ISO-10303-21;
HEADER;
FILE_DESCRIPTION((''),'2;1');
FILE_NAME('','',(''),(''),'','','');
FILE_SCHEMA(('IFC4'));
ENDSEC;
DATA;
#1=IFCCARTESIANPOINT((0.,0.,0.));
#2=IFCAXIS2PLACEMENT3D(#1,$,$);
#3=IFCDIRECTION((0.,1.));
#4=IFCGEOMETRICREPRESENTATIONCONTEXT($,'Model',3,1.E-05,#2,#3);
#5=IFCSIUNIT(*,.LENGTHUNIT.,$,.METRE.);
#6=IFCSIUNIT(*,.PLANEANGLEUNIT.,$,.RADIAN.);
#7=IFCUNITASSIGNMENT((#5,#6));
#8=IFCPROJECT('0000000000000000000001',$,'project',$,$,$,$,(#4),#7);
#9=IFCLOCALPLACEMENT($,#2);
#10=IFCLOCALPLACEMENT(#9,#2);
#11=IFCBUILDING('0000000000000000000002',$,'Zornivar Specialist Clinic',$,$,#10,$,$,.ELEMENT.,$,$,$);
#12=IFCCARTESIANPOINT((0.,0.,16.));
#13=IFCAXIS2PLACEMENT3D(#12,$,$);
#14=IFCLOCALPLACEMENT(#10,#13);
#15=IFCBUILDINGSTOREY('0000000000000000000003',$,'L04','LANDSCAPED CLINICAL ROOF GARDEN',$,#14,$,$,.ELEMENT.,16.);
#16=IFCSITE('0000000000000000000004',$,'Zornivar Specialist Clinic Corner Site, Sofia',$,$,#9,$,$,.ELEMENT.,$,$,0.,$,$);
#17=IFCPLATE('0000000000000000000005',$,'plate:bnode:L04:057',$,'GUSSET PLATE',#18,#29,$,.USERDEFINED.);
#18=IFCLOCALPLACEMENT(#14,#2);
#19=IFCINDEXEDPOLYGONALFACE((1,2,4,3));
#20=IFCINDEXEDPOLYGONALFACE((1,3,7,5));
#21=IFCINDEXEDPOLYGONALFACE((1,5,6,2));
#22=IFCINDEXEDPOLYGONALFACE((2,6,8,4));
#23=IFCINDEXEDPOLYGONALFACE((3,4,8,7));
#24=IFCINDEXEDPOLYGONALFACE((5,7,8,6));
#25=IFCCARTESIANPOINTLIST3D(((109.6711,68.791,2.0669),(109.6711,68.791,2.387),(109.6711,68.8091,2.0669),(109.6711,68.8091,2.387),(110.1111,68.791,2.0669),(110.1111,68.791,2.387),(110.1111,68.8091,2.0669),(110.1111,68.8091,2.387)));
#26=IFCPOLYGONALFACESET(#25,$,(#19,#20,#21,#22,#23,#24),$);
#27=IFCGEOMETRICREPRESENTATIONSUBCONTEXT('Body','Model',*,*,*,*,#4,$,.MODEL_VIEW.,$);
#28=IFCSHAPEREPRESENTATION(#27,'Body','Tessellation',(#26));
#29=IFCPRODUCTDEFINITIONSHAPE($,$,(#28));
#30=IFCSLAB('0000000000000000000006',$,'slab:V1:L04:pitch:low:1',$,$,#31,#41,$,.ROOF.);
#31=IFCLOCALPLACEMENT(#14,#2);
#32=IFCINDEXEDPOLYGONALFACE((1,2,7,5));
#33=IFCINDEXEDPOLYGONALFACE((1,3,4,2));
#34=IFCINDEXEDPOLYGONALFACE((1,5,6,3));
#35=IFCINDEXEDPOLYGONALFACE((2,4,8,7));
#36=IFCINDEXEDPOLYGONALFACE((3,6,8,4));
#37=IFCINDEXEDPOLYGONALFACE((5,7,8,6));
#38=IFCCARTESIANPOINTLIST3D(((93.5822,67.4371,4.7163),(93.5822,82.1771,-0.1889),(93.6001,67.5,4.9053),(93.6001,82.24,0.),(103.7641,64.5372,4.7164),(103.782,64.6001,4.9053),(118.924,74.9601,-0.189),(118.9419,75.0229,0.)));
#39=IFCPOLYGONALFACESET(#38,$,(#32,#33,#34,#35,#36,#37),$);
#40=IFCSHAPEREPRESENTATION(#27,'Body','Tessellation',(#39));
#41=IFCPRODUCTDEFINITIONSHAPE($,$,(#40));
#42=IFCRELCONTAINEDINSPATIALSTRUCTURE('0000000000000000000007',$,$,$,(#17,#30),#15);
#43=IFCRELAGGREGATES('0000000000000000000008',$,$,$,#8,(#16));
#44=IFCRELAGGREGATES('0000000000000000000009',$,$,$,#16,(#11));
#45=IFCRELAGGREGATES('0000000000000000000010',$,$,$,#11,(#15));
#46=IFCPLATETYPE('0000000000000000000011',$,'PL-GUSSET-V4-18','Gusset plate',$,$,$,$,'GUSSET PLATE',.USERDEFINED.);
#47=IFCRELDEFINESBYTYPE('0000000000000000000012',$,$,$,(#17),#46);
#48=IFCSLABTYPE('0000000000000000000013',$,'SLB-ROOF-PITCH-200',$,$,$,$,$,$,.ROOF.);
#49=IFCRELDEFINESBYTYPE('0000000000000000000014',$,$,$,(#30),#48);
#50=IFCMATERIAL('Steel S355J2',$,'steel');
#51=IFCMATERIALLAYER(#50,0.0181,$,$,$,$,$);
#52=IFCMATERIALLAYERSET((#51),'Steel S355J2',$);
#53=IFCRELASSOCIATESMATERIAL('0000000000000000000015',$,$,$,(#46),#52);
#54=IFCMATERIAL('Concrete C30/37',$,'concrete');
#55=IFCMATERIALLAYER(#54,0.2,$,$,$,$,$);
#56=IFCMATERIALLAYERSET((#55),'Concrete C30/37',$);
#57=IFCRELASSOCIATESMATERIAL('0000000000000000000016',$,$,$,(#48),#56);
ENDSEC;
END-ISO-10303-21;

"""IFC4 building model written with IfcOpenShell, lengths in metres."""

from ifc_helpers import new_model, si_unit, direction, frame, origin, origin_2d, place, context, subcontext, project, spatial, polyline, rectangle, outline, extrude, material, layer, layer_set, type_object, element, save


model = new_model("IFC4")

# Units and contexts
model_context = context("Model", 3, precision=1e-05, world=origin(), true_north=direction((0.0, 1.0)))
body_context = subcontext(model_context, "Body", "Model", "MODEL_VIEW")
ifc_project = project(units=[si_unit("LENGTHUNIT", "METRE"), si_unit("PLANEANGLEUNIT", "RADIAN")], contexts=[model_context])

# Site, building, storey
site_placement = place(None, origin())
site = spatial("IfcSite", under=ifc_project, at=site_placement, Name="Zornivar Specialist Clinic Corner Site, Sofia", CompositionType="ELEMENT", RefElevation=0.0)
building_placement = place(site_placement, origin())
building = spatial("IfcBuilding", under=site, at=building_placement, Name="Zornivar Specialist Clinic", CompositionType="ELEMENT")
storey_placement = place(building_placement, frame((0.0, 0.0, 16.0)))
storey = spatial("IfcBuildingStorey", under=building, at=storey_placement, Name="L04", Description="LANDSCAPED CLINICAL ROOF GARDEN", CompositionType="ELEMENT", Elevation=16.0)

# Plate
ifc_material_1 = material(Name="Steel S355J2", Category="steel")
ifc_layer_1 = layer(ifc_material_1, 0.0181)
ifc_layer_set_1 = layer_set([ifc_layer_1], Name="Steel S355J2")
plate_type_1 = type_object("IfcPlateType", Name="PL-GUSSET-V4-18", Description="Gusset plate", ElementType="GUSSET PLATE", PredefinedType="USERDEFINED", material=ifc_layer_set_1)
for number, where, z_axis, x_axis, name in (
    (1, (109.8911, 68.8, 2.0669), (0.0, 0.0, 1.0), (1.0, 0.0, 0.0), "plate:bnode:L04:057"),
):
    element("IfcPlate", number, at=place(storey_placement, frame(where, z_axis=z_axis, x_axis=x_axis)), inside=storey, type_object=plate_type_1, Name=name, ObjectType="GUSSET PLATE", PredefinedType="USERDEFINED", context=body_context, shape_type="SweptSolid", body=[
        extrude(rectangle(XDim=0.4399, YDim=0.0181, at=origin_2d()), origin(), (0.0, 0.0, 1.0), 0.3201),
    ])

# Slab
ifc_material_2 = material(Name="Concrete C30/37", Category="concrete")
ifc_layer_2 = layer(ifc_material_2, 0.2)
ifc_layer_set_2 = layer_set([ifc_layer_2], Name="Concrete C30/37")
slab_type = type_object("IfcSlabType", Name="SLB-ROOF-PITCH-200", PredefinedType="ROOF", material=ifc_layer_set_2)
slab_placement = place(storey_placement, frame((118.9419, 75.0229, 0.0), z_axis=(0.089565, 0.314489, 0.945026), x_axis=(-0.961759, 0.273898, 0.000002)))
element("IfcSlab", 2, at=slab_placement, inside=storey, type_object=slab_type, Name="slab:V1:L04:pitch:low:1", PredefinedType="ROOF", context=body_context, shape_type="SweptSolid", body=[
    extrude(outline(polyline([(0.0, 0.0), (26.3494, 0.0), (22.3122, 15.001), (11.7254, 15.0012), (0.0, 0.0)])), origin(), (0.0, 0.0, -1.0), 0.2),
])

save(model, "model.ifc")
